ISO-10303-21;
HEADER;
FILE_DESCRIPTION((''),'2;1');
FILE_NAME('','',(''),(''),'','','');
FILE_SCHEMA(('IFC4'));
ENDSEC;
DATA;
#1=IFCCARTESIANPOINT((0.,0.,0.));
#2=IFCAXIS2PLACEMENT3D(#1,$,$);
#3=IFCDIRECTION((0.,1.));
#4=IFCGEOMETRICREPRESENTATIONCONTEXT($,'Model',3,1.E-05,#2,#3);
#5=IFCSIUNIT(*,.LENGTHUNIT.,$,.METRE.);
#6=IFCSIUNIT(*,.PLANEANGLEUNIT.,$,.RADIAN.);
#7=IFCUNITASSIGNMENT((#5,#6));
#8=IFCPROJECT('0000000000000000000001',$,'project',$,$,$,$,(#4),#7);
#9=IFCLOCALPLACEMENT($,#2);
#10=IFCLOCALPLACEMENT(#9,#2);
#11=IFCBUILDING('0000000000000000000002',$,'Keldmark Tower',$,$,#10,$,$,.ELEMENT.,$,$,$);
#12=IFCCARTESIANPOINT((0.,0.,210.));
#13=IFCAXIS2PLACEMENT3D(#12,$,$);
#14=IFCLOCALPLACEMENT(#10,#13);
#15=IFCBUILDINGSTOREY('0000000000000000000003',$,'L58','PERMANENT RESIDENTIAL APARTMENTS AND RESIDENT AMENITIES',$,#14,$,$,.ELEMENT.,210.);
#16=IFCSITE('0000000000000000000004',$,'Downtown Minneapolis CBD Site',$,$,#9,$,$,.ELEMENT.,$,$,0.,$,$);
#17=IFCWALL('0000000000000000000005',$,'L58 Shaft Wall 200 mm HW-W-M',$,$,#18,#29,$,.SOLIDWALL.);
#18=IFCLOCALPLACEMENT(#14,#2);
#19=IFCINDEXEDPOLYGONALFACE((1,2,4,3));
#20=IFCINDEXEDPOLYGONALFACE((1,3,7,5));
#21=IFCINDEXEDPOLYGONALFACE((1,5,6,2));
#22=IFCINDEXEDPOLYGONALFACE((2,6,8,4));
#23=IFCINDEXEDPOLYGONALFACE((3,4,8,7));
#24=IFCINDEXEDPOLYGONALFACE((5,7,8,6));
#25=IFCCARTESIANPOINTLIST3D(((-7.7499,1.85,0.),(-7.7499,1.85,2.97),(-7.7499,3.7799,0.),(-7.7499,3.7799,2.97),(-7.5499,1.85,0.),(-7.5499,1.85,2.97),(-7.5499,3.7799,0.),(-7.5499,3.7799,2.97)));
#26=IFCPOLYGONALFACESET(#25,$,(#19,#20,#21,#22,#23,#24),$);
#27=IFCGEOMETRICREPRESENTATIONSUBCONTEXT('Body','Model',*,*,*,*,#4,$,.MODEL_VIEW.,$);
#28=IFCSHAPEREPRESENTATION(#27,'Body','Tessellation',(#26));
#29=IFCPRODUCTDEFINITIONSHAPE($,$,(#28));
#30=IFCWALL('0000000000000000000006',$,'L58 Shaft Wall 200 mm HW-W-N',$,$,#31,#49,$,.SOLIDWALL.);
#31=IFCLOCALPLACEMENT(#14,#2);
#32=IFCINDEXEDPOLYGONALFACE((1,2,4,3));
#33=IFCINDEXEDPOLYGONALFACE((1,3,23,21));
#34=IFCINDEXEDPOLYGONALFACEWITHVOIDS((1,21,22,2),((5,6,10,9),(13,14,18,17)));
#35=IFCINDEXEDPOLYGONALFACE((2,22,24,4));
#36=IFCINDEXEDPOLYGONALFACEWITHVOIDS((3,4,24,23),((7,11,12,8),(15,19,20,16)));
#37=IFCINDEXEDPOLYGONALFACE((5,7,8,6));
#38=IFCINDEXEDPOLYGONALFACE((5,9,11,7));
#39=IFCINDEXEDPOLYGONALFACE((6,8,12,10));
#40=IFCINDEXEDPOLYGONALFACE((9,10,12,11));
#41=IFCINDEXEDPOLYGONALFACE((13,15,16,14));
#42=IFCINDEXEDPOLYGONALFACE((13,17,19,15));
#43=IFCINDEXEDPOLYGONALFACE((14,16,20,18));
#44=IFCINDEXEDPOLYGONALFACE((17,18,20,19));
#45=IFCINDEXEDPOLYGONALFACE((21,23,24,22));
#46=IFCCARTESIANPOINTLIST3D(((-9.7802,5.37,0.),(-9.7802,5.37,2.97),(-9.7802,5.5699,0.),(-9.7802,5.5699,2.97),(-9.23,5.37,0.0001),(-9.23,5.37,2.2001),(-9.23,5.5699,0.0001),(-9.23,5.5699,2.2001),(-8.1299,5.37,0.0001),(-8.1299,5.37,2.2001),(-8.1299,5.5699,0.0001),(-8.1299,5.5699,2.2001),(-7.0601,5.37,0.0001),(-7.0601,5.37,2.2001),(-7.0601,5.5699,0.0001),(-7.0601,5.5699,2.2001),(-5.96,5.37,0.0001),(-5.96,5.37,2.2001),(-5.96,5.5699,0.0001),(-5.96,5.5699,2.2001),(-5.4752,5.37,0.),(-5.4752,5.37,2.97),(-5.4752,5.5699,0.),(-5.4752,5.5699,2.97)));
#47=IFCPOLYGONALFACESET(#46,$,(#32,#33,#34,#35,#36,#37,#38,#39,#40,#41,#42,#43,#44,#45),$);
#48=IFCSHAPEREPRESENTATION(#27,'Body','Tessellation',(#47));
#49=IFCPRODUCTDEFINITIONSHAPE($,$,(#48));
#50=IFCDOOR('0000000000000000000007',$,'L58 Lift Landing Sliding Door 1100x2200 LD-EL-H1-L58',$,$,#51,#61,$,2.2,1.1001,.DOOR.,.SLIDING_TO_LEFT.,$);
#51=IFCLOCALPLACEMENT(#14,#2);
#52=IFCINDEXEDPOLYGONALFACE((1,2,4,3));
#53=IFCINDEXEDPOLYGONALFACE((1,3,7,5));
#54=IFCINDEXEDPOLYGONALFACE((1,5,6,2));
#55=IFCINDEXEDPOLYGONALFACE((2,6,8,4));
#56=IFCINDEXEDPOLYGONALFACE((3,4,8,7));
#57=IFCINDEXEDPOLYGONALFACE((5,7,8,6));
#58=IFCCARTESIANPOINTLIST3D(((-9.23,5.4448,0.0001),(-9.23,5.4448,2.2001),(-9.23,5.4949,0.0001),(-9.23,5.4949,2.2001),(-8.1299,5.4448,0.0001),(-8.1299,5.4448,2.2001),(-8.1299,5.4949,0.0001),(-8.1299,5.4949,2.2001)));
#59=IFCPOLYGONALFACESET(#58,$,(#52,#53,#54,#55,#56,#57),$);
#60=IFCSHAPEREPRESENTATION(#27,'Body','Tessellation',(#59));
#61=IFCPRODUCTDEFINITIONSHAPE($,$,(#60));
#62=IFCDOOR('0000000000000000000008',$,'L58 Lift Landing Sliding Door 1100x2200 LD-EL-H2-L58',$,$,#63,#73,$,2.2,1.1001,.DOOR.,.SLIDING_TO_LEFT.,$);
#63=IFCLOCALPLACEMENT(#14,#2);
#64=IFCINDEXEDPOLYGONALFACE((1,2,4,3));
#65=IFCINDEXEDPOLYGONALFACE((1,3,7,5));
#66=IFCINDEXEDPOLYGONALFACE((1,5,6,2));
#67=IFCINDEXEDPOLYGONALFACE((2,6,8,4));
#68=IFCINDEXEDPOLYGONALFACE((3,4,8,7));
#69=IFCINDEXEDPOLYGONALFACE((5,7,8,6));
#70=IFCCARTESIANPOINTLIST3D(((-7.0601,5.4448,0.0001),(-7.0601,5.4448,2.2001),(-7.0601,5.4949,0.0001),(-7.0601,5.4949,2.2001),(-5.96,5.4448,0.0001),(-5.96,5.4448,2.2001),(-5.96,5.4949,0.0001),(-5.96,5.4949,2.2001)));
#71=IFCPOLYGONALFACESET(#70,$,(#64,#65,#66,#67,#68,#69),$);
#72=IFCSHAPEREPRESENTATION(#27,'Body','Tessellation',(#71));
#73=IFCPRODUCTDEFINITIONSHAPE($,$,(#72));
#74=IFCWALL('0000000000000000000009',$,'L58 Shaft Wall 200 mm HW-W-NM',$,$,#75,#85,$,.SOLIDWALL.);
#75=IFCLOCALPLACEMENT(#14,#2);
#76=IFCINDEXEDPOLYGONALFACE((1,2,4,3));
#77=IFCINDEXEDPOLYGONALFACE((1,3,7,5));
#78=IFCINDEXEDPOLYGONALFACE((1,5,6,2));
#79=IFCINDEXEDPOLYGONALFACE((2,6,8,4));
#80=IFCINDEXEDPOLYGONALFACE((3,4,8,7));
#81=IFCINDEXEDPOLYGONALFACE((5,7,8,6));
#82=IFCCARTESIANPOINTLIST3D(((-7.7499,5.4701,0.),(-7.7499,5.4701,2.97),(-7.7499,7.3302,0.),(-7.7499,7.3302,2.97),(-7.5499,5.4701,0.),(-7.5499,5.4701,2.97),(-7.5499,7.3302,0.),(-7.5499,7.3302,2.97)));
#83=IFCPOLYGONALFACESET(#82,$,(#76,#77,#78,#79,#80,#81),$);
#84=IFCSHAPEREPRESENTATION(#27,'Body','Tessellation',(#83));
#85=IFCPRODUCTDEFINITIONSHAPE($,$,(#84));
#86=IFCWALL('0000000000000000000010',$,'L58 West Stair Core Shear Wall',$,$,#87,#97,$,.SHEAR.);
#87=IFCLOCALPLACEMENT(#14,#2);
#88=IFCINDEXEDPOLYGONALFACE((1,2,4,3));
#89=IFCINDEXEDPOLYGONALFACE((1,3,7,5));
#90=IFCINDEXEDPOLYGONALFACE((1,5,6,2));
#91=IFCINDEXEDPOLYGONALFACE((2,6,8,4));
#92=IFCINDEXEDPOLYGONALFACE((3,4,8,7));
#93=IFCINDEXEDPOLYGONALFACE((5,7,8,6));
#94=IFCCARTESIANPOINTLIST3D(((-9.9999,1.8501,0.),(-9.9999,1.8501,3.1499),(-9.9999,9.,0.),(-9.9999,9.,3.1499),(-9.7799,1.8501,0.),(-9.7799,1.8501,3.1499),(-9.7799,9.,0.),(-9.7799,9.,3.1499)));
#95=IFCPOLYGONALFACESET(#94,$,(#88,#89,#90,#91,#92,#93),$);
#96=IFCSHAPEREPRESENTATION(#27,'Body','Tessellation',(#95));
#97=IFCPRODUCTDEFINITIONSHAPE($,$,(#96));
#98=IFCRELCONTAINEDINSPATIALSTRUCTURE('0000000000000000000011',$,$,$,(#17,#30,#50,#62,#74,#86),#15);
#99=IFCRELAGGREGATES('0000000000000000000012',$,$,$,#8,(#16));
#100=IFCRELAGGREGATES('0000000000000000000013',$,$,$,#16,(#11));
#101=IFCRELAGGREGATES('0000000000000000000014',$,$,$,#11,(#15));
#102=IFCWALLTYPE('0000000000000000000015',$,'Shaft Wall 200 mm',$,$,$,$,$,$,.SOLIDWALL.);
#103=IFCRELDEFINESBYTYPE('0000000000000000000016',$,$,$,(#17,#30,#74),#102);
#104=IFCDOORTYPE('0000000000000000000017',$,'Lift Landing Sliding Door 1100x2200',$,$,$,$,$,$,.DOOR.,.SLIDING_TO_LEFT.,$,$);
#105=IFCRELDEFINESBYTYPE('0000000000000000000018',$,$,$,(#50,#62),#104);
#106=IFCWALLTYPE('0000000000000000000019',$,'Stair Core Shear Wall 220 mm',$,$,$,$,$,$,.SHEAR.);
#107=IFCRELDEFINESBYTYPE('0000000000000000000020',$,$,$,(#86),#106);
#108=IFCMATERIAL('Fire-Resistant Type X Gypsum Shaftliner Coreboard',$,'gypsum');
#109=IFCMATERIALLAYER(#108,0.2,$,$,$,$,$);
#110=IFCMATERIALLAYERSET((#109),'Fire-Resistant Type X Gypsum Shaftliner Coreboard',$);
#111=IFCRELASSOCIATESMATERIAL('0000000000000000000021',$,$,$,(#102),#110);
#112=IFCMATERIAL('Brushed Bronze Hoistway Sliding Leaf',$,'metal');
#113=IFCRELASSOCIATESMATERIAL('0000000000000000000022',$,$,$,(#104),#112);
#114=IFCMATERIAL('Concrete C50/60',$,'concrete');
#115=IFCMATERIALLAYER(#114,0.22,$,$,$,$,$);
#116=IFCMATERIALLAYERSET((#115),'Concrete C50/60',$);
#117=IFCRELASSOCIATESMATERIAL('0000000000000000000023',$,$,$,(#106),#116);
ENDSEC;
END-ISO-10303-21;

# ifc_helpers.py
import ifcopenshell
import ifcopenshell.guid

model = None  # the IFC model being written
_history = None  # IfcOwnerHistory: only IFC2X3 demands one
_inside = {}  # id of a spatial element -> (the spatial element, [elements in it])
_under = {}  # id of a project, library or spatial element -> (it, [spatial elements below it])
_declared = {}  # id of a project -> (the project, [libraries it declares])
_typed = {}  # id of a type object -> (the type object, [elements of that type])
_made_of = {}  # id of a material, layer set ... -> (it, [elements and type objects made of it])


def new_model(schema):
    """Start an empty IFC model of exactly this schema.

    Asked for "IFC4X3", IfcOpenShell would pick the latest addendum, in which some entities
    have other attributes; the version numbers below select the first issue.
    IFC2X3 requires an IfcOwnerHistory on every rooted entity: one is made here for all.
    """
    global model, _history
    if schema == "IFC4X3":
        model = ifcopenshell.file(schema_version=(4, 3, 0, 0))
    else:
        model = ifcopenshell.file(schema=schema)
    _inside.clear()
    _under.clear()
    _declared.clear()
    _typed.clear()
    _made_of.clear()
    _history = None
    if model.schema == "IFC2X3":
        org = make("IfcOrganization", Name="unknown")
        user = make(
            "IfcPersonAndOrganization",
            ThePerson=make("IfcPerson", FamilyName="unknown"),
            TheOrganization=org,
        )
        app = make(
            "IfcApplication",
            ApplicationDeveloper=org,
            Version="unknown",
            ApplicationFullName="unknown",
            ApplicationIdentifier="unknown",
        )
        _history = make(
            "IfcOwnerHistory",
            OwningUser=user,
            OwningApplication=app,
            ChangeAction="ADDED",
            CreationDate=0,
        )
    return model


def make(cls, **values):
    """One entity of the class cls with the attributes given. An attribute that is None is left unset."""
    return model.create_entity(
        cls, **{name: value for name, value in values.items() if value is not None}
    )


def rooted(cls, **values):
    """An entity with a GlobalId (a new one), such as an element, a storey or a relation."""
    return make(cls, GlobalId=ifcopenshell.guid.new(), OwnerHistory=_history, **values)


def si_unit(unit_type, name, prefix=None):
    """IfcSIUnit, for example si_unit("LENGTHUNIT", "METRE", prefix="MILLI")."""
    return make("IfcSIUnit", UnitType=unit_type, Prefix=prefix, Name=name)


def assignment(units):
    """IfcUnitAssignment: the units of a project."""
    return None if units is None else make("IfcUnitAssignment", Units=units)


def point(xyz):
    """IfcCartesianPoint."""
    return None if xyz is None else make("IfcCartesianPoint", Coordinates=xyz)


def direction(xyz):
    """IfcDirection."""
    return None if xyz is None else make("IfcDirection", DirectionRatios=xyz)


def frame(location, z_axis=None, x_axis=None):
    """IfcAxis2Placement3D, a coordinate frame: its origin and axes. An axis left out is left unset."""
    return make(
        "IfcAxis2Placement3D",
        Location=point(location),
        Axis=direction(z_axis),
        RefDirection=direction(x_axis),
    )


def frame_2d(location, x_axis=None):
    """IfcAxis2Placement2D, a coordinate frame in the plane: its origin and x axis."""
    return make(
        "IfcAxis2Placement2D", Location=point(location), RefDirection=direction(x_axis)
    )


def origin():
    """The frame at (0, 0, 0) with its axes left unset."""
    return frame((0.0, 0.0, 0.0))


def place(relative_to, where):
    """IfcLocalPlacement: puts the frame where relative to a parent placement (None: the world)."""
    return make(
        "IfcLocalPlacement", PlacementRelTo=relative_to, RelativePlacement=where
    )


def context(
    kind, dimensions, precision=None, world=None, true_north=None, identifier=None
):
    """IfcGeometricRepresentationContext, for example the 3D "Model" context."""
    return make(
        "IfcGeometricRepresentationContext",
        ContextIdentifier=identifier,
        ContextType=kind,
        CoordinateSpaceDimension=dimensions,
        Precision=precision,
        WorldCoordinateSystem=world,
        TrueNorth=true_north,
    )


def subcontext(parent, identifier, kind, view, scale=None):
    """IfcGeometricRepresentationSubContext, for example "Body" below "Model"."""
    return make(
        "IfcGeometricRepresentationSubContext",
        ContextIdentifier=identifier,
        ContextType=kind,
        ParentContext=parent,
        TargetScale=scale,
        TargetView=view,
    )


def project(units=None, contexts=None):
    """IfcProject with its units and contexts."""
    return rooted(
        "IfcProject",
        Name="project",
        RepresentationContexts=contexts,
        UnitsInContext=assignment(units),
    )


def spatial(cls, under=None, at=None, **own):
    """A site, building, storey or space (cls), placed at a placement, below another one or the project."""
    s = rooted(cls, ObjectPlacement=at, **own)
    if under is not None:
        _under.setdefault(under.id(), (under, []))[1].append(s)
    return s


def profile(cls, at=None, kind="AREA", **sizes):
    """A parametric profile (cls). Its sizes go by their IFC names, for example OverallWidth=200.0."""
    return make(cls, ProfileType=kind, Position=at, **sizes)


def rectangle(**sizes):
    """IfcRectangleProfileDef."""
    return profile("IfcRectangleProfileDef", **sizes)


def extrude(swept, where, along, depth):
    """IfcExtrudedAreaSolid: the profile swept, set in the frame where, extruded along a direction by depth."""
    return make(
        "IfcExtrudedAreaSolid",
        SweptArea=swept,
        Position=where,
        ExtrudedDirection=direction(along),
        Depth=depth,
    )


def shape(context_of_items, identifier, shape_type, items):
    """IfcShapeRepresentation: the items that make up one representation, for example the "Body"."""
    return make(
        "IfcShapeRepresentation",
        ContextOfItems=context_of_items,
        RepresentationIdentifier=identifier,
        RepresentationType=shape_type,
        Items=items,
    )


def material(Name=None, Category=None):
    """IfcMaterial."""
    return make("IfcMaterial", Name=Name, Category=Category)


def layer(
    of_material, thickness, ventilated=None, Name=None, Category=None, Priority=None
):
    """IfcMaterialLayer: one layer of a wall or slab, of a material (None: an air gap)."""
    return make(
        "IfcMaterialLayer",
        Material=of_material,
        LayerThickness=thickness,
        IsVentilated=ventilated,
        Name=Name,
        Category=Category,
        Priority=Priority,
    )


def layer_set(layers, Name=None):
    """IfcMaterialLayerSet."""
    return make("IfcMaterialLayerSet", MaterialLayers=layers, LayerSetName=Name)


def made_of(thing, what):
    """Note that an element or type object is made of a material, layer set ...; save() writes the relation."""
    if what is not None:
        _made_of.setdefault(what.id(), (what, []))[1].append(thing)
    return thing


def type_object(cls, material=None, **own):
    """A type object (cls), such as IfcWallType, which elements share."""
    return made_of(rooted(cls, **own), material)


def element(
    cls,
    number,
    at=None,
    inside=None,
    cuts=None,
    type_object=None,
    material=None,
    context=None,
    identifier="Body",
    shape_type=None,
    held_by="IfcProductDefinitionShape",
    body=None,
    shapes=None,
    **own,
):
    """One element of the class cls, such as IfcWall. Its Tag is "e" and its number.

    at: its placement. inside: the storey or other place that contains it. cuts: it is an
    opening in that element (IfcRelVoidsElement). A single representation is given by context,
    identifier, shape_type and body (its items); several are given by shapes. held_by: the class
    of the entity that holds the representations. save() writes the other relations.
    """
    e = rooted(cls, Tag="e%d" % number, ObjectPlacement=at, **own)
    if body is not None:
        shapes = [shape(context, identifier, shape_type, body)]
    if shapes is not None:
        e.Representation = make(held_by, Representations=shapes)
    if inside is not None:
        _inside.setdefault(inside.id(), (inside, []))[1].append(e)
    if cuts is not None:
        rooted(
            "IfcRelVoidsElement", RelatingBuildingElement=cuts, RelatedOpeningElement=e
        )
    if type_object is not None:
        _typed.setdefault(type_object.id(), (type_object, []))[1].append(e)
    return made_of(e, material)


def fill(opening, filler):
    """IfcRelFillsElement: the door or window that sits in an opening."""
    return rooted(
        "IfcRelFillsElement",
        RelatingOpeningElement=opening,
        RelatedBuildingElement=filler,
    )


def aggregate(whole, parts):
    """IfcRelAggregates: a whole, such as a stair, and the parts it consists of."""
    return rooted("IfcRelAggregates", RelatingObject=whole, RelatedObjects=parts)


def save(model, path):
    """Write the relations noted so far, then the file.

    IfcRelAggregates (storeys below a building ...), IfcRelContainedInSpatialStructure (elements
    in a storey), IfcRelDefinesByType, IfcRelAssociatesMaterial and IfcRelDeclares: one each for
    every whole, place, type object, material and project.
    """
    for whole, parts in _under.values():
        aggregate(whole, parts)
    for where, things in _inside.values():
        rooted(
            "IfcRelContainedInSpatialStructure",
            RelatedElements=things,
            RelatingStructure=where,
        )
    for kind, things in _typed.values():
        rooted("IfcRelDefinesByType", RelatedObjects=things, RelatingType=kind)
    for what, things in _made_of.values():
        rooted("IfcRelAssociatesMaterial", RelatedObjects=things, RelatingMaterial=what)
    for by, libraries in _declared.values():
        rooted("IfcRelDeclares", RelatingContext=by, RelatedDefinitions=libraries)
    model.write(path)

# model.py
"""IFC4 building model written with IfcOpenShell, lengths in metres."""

from ifc_helpers import new_model, si_unit, direction, frame, frame_2d, origin, place, context, subcontext, project, spatial, rectangle, extrude, material, layer, layer_set, type_object, element, fill, save


model = new_model("IFC4")

# Units and contexts
model_context = context("Model", 3, precision=1e-05, world=origin(), true_north=direction((0.0, 1.0)))
body_context = subcontext(model_context, "Body", "Model", "MODEL_VIEW")
ifc_project = project(units=[si_unit("LENGTHUNIT", "METRE"), si_unit("PLANEANGLEUNIT", "RADIAN")], contexts=[model_context])

# Site, building, storey
site_placement = place(None, origin())
site = spatial("IfcSite", under=ifc_project, at=site_placement, Name="Downtown Minneapolis CBD Site", CompositionType="ELEMENT", RefElevation=0.0)
building_placement = place(site_placement, origin())
building = spatial("IfcBuilding", under=site, at=building_placement, Name="Keldmark Tower", CompositionType="ELEMENT")
storey_placement = place(building_placement, frame((0.0, 0.0, 210.0)))
storey = spatial("IfcBuildingStorey", under=building, at=storey_placement, Name="L58", Description="PERMANENT RESIDENTIAL APARTMENTS AND RESIDENT AMENITIES", CompositionType="ELEMENT", Elevation=210.0)

# Shared definitions
ifc_material_1 = material(Name="Fire-Resistant Type X Gypsum Shaftliner Coreboard", Category="gypsum")
ifc_layer_1 = layer(ifc_material_1, 0.2)
ifc_layer_set_1 = layer_set([ifc_layer_1], Name="Fire-Resistant Type X Gypsum Shaftliner Coreboard")
wall_type_1 = type_object("IfcWallType", Name="Shaft Wall 200 mm", PredefinedType="SOLIDWALL", material=ifc_layer_set_1)
ifc_material_2 = material(Name="Brushed Bronze Hoistway Sliding Leaf", Category="metal")
door_type_1 = type_object("IfcDoorType", Name="Lift Landing Sliding Door 1100x2200", OperationType="SLIDING_TO_LEFT", PredefinedType="DOOR", material=ifc_material_2)

# Wall
wall_1_placement = place(storey_placement, frame((-7.6499, 1.8501, 0.0), z_axis=(0.0, 0.0, 1.0), x_axis=(0.0, 1.0, 0.0)))
element("IfcWall", 1, at=wall_1_placement, inside=storey, type_object=wall_type_1, Name="L58 Shaft Wall 200 mm HW-W-M", PredefinedType="SOLIDWALL", context=body_context, shape_type="SweptSolid", body=[
    extrude(rectangle(XDim=1.9299, YDim=0.2, at=frame_2d((0.9648, 0.0))), origin(), (0.0, 0.0, 1.0), 2.97),
])

# Wall, openings, doors
wall_2_placement = place(storey_placement, frame((-9.78, 5.47, 0.0), z_axis=(0.0, 0.0, 1.0), x_axis=(1.0, 0.0, 0.0)))
wall_2 = element("IfcWall", 2, at=wall_2_placement, inside=storey, type_object=wall_type_1, Name="L58 Shaft Wall 200 mm HW-W-N", PredefinedType="SOLIDWALL", context=body_context, shape_type="SweptSolid", body=[
    extrude(rectangle(XDim=4.3049, YDim=0.2, at=frame_2d((2.1523, 0.0))), origin(), (0.0, 0.0, 1.0), 2.97),
])
opening_1_placement = place(wall_2_placement, frame((0.55, 0.0, 0.0)))
opening_1 = element("IfcOpeningElement", 3, at=opening_1_placement, cuts=wall_2, PredefinedType="OPENING", context=body_context, shape_type="SweptSolid", body=[
    extrude(rectangle(XDim=1.1001, YDim=2.2, at=frame_2d((0.55, 1.1001))), frame((0.0, 0.1099, 0.0), z_axis=(0.0, -1.0, 0.0), x_axis=(1.0, 0.0, 0.0)), (0.0, 0.0, 1.0), 0.22),
])
opening_2_placement = place(wall_2_placement, frame((2.72, 0.0, 0.0)))
opening_2 = element("IfcOpeningElement", 4, at=opening_2_placement, cuts=wall_2, PredefinedType="OPENING", context=body_context, shape_type="SweptSolid", body=[
    extrude(rectangle(XDim=1.1001, YDim=2.2, at=frame_2d((0.55, 1.1001))), frame((0.0, 0.1099, 0.0), z_axis=(0.0, -1.0, 0.0), x_axis=(1.0, 0.0, 0.0)), (0.0, 0.0, 1.0), 0.22),
])
door_1_placement = place(opening_1_placement, origin())
door_1 = element("IfcDoor", 5, at=door_1_placement, inside=storey, type_object=door_type_1, Name="L58 Lift Landing Sliding Door 1100x2200 LD-EL-H1-L58", OperationType="SLIDING_TO_LEFT", OverallHeight=2.2, OverallWidth=1.1001, PredefinedType="DOOR", context=body_context, shape_type="SweptSolid", body=[
    extrude(rectangle(XDim=1.1001, YDim=2.2, at=frame_2d((0.55, 1.1001))), frame((0.0, 0.0249, 0.0), z_axis=(0.0, -1.0, 0.0), x_axis=(1.0, 0.0, 0.0)), (0.0, 0.0, 1.0), 0.05),
])
fill(opening_1, door_1)
door_2_placement = place(opening_2_placement, origin())
door_2 = element("IfcDoor", 6, at=door_2_placement, inside=storey, type_object=door_type_1, Name="L58 Lift Landing Sliding Door 1100x2200 LD-EL-H2-L58", OperationType="SLIDING_TO_LEFT", OverallHeight=2.2, OverallWidth=1.1001, PredefinedType="DOOR", context=body_context, shape_type="SweptSolid", body=[
    extrude(rectangle(XDim=1.1001, YDim=2.2, at=frame_2d((0.55, 1.1001))), frame((0.0, 0.0249, 0.0), z_axis=(0.0, -1.0, 0.0), x_axis=(1.0, 0.0, 0.0)), (0.0, 0.0, 1.0), 0.05),
])
fill(opening_2, door_2)

# Walls
wall_3_placement = place(storey_placement, frame((-7.6499, 5.47, 0.0), z_axis=(0.0, 0.0, 1.0), x_axis=(0.0, 1.0, 0.0)))
element("IfcWall", 7, at=wall_3_placement, inside=storey, type_object=wall_type_1, Name="L58 Shaft Wall 200 mm HW-W-NM", PredefinedType="SOLIDWALL", context=body_context, shape_type="SweptSolid", body=[
    extrude(rectangle(XDim=1.8601, YDim=0.2, at=frame_2d((0.9302, 0.0))), origin(), (0.0, 0.0, 1.0), 2.97),
])
ifc_material_3 = material(Name="Concrete C50/60", Category="concrete")
ifc_layer_2 = layer(ifc_material_3, 0.22)
ifc_layer_set_2 = layer_set([ifc_layer_2], Name="Concrete C50/60")
wall_type_2 = type_object("IfcWallType", Name="Stair Core Shear Wall 220 mm", PredefinedType="SHEAR", material=ifc_layer_set_2)
wall_4_placement = place(storey_placement, frame((-9.8899, 1.8501, 0.0), z_axis=(0.0, 0.0, 1.0), x_axis=(0.0, 1.0, 0.0)))
element("IfcWall", 8, at=wall_4_placement, inside=storey, type_object=wall_type_2, Name="L58 West Stair Core Shear Wall", PredefinedType="SHEAR", context=body_context, shape_type="SweptSolid", body=[
    extrude(rectangle(XDim=7.1499, YDim=0.22, at=frame_2d((3.575, 0.0))), origin(), (0.0, 0.0, 1.0), 3.1499),
])

save(model, "model.ifc")
